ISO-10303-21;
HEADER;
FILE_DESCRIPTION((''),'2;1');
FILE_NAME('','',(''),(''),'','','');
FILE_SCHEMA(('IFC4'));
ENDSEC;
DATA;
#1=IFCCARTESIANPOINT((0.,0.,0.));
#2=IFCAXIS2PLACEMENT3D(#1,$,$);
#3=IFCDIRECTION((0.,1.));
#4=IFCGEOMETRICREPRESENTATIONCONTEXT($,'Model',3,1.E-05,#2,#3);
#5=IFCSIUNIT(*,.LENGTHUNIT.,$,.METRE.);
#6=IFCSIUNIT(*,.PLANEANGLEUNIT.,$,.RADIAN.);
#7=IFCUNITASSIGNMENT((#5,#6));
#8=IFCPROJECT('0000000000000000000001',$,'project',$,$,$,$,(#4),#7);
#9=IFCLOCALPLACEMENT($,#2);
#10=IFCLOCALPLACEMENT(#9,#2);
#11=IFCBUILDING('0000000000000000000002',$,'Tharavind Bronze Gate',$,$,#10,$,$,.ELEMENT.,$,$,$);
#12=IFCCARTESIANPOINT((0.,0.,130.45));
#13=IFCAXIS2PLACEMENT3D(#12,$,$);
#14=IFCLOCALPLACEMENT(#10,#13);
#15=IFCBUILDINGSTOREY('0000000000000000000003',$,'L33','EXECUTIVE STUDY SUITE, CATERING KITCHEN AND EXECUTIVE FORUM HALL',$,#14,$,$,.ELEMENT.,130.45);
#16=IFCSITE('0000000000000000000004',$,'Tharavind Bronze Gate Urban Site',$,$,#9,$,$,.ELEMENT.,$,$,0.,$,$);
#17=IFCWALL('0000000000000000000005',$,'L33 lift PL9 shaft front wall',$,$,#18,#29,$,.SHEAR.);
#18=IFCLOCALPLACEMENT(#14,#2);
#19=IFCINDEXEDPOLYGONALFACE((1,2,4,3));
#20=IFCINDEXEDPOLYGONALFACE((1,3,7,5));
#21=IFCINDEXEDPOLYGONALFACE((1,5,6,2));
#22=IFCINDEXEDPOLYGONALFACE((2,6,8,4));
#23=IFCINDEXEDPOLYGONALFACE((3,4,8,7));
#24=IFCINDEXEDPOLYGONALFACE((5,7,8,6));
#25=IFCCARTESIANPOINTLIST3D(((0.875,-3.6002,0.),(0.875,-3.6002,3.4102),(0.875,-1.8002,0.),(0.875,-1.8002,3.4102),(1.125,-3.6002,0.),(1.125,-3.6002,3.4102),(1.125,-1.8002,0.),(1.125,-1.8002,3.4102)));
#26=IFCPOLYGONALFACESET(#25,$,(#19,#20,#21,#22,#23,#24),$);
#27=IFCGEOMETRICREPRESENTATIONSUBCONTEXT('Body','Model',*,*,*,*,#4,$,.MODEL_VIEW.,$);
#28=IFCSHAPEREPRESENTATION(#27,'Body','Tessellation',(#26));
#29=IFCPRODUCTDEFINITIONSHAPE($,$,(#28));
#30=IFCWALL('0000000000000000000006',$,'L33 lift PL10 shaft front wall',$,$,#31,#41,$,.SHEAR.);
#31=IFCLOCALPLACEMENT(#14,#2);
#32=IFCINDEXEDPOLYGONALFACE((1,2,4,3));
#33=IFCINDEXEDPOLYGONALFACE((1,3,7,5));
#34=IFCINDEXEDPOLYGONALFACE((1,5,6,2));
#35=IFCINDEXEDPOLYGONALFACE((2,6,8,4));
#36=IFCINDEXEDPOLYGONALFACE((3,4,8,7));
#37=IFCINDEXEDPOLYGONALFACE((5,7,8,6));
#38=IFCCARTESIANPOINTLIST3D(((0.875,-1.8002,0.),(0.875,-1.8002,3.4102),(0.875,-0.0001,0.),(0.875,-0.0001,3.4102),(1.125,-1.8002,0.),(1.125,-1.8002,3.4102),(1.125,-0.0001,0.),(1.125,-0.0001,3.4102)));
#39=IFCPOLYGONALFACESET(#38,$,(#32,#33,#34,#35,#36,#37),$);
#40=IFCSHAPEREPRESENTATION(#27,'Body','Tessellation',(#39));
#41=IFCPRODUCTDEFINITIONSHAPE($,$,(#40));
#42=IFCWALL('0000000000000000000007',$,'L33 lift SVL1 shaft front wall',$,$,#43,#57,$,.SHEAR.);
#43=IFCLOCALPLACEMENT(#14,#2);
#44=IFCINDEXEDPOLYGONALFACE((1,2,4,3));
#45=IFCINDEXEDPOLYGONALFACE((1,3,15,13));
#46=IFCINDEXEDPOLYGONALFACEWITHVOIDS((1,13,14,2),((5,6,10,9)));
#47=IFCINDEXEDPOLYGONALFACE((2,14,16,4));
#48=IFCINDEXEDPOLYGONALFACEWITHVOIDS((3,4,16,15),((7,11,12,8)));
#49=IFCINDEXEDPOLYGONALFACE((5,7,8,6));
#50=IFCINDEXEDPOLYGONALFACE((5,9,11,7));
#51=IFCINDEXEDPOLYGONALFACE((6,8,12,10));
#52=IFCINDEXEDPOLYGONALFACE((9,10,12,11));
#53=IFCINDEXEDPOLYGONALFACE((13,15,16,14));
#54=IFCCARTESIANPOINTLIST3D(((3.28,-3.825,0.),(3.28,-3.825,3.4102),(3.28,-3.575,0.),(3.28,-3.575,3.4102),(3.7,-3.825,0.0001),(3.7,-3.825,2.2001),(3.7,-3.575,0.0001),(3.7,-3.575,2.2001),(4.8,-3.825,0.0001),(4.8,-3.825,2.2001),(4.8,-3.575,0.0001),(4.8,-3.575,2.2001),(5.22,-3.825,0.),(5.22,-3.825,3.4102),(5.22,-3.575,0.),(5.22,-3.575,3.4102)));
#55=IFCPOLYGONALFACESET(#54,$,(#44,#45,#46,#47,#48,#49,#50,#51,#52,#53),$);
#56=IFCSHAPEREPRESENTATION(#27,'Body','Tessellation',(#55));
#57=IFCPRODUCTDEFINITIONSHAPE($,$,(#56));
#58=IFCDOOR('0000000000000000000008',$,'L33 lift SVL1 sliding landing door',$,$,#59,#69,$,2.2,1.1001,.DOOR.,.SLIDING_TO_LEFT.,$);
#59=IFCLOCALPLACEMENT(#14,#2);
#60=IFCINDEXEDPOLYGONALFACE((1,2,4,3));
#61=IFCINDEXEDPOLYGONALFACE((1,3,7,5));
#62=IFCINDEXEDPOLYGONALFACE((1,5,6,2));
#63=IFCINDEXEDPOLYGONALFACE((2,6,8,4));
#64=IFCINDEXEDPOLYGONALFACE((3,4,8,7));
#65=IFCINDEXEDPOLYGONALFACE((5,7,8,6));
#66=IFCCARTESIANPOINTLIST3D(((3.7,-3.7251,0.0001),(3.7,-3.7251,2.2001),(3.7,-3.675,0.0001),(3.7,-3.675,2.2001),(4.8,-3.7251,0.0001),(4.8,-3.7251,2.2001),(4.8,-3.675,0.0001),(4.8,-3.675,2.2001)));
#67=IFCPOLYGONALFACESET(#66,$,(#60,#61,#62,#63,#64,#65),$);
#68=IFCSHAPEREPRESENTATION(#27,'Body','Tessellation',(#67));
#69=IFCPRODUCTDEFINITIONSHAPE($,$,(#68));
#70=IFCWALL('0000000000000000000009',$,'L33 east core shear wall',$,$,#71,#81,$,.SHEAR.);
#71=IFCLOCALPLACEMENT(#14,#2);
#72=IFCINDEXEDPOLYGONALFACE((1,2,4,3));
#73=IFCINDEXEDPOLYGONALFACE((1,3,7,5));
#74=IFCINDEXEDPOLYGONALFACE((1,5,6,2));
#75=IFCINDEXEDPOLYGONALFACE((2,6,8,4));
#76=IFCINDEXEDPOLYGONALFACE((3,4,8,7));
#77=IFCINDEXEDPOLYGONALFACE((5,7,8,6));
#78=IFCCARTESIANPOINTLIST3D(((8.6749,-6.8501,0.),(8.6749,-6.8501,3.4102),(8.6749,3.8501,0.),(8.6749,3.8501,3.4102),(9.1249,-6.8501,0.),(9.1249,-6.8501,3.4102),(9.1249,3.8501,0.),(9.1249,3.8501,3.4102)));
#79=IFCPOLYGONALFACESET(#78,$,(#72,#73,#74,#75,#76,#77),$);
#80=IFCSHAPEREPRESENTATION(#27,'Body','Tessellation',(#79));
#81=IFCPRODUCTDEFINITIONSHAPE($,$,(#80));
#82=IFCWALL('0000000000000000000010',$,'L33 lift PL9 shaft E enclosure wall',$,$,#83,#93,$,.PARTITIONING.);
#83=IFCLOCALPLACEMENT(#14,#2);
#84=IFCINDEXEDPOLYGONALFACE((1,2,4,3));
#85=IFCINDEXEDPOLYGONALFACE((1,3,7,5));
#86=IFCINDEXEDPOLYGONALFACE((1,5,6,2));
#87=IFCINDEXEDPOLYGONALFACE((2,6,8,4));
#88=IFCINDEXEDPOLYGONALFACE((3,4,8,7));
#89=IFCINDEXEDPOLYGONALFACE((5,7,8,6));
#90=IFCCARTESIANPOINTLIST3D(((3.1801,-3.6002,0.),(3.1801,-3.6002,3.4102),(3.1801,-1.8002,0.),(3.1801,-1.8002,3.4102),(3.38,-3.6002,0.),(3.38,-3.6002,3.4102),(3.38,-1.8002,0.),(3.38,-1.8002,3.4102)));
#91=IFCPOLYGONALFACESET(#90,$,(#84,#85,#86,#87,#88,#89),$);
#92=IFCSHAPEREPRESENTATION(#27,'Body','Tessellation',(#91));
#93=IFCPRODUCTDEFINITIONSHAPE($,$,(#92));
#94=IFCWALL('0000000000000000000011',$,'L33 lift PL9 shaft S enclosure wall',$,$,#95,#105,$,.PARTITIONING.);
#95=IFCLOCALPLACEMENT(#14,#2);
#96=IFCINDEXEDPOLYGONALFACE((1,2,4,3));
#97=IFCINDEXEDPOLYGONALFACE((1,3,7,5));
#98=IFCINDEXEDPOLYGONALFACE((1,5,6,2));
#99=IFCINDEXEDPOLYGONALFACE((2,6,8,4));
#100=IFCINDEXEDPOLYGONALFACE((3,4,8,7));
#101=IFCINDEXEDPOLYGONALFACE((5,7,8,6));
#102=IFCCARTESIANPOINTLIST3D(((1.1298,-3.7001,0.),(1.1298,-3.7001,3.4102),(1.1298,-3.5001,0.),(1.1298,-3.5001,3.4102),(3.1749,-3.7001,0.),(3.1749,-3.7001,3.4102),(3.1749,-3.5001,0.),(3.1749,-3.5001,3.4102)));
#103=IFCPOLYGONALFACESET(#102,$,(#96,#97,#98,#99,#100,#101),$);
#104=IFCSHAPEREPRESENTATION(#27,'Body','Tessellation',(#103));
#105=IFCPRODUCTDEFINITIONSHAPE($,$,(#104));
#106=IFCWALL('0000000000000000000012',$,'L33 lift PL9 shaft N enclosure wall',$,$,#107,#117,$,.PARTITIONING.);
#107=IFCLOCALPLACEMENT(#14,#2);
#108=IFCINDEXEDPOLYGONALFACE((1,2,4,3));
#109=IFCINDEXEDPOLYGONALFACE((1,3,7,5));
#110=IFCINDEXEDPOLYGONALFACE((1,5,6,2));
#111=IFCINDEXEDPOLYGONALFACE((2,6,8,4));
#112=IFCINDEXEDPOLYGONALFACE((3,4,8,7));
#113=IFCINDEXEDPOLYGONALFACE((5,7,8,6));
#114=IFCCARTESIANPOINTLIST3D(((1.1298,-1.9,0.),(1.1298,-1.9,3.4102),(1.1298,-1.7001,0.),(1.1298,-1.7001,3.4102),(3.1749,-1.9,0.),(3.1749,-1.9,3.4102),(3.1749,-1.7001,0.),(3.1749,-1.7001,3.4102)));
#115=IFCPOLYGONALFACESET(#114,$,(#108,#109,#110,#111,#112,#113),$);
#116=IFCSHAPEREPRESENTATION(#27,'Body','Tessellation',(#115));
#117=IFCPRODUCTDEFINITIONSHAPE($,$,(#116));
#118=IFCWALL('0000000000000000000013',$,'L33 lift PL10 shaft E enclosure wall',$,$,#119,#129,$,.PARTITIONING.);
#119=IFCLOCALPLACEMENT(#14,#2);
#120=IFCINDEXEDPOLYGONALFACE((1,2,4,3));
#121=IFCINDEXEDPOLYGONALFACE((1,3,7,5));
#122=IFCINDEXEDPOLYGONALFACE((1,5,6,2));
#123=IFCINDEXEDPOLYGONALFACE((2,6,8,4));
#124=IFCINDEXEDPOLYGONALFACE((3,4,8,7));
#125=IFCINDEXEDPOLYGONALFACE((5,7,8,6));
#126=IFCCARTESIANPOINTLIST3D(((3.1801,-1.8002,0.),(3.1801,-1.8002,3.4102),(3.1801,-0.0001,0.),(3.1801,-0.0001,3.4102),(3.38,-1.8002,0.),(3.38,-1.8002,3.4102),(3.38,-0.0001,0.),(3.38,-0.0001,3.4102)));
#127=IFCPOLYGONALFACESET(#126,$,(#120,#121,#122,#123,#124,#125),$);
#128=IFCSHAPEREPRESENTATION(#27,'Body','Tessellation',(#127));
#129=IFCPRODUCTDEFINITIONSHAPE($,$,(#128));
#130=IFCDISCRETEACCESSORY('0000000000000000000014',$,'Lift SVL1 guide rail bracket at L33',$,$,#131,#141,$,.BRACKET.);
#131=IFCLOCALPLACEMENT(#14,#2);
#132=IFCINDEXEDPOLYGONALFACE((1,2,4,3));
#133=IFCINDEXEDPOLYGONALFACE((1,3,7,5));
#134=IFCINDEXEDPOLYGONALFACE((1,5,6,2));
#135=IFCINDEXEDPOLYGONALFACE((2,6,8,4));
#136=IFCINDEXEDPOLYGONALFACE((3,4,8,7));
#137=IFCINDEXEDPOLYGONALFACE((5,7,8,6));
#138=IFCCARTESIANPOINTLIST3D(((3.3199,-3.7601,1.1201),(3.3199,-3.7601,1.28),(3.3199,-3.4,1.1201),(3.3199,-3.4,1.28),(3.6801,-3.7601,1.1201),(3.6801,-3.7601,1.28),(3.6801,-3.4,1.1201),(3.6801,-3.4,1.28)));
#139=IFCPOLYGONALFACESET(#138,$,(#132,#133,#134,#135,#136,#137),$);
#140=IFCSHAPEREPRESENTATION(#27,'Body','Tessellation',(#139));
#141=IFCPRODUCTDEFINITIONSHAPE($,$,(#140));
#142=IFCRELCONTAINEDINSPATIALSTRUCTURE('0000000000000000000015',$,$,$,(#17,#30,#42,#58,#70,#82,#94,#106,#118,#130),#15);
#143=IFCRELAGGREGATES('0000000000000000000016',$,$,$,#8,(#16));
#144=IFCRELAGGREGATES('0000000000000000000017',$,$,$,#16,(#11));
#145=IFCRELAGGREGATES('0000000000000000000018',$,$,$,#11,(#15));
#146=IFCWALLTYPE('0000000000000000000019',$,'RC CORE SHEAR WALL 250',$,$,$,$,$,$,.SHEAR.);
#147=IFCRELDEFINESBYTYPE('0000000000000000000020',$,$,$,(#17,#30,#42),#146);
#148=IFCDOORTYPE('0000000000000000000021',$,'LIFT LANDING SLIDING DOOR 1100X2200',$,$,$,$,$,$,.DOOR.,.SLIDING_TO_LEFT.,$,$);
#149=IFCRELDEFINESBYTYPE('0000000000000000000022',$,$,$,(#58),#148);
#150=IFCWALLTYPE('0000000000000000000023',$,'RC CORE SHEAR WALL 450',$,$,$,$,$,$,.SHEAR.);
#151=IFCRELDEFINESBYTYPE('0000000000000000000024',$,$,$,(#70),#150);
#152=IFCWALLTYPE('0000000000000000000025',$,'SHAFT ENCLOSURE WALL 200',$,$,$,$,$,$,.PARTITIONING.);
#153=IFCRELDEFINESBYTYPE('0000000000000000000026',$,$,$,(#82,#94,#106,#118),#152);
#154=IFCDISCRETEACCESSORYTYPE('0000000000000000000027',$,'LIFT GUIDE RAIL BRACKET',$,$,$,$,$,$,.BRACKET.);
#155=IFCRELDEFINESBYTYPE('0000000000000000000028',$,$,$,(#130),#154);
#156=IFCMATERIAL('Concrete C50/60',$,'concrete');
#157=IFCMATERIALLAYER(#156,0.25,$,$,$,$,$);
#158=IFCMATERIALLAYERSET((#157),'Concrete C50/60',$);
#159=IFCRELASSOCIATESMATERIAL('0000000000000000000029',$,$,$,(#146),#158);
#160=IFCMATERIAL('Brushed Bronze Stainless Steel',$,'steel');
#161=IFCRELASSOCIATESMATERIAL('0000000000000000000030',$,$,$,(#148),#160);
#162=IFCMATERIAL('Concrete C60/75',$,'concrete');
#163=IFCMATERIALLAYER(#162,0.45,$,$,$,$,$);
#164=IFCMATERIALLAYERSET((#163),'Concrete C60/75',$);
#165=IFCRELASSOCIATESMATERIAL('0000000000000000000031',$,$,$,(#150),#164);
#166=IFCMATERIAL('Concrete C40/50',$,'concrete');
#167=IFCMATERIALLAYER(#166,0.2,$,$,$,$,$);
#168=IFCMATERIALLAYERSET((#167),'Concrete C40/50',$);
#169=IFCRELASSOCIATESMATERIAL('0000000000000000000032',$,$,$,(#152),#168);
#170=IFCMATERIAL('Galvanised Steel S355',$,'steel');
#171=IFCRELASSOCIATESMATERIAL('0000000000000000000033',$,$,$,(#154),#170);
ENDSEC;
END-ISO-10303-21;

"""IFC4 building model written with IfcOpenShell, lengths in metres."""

from ifc_helpers import new_model, si_unit, direction, frame, frame_2d, origin, origin_2d, place, context, subcontext, project, spatial, rectangle, extrude, material, layer, layer_set, type_object, element, fill, save


model = new_model("IFC4")

# Units and contexts
model_context = context("Model", 3, precision=1e-05, world=origin(), true_north=direction((0.0, 1.0)))
body_context = subcontext(model_context, "Body", "Model", "MODEL_VIEW")
ifc_project = project(units=[si_unit("LENGTHUNIT", "METRE"), si_unit("PLANEANGLEUNIT", "RADIAN")], contexts=[model_context])

# Site, building, storey
site_placement = place(None, origin())
site = spatial("IfcSite", under=ifc_project, at=site_placement, Name="Tharavind Bronze Gate Urban Site", CompositionType="ELEMENT", RefElevation=0.0)
building_placement = place(site_placement, origin())
building = spatial("IfcBuilding", under=site, at=building_placement, Name="Tharavind Bronze Gate", CompositionType="ELEMENT")
storey_placement = place(building_placement, frame((0.0, 0.0, 130.45)))
storey = spatial("IfcBuildingStorey", under=building, at=storey_placement, Name="L33", Description="EXECUTIVE STUDY SUITE, CATERING KITCHEN AND EXECUTIVE FORUM HALL", CompositionType="ELEMENT", Elevation=130.45)

# Walls
ifc_material_1 = material(Name="Concrete C50/60", Category="concrete")
ifc_layer_1 = layer(ifc_material_1, 0.25)
ifc_layer_set_1 = layer_set([ifc_layer_1], Name="Concrete C50/60")
wall_type_1 = type_object("IfcWallType", Name="RC CORE SHEAR WALL 250", PredefinedType="SHEAR", material=ifc_layer_set_1)
for number, where, z_axis, x_axis, name in (
    (1, (1.0, -3.6001, 0.0), (0.0, 0.0, 1.0), (0.0, 1.0, 0.0), "L33 lift PL9 shaft front wall"),
    (2, (1.0, -1.8, 0.0), (0.0, 0.0, 1.0), (0.0, 1.0, 0.0), "L33 lift PL10 shaft front wall"),
):
    element("IfcWall", number, at=place(storey_placement, frame(where, z_axis=z_axis, x_axis=x_axis)), inside=storey, type_object=wall_type_1, Name=name, PredefinedType="SHEAR", context=body_context, shape_type="SweptSolid", body=[
        extrude(rectangle(XDim=1.8, YDim=0.25, at=frame_2d((0.8999, 0.0))), origin(), (0.0, 0.0, 1.0), 3.4102),
    ])

# Wall, opening, door
wall_1_placement = place(storey_placement, frame((3.28, -3.7, 0.0), z_axis=(0.0, 0.0, 1.0), x_axis=(1.0, 0.0, 0.0)))
wall_1 = element("IfcWall", 3, at=wall_1_placement, inside=storey, type_object=wall_type_1, Name="L33 lift SVL1 shaft front wall", PredefinedType="SHEAR", context=body_context, shape_type="SweptSolid", body=[
    extrude(rectangle(XDim=1.9399, YDim=0.25, at=frame_2d((0.97, 0.0))), origin(), (0.0, 0.0, 1.0), 3.4102),
])
opening_1_placement = place(wall_1_placement, frame((0.4199, 0.0, 0.0)))
opening_1 = element("IfcOpeningElement", 4, at=opening_1_placement, cuts=wall_1, PredefinedType="OPENING", context=body_context, shape_type="SweptSolid", body=[
    extrude(rectangle(XDim=1.1001, YDim=2.2, at=frame_2d((0.55, 1.1001))), frame((0.0, 0.135, 0.0), z_axis=(0.0, -1.0, 0.0), x_axis=(1.0, 0.0, 0.0)), (0.0, 0.0, 1.0), 0.27),
])
ifc_material_2 = material(Name="Brushed Bronze Stainless Steel", Category="steel")
door_type_1 = type_object("IfcDoorType", Name="LIFT LANDING SLIDING DOOR 1100X2200", OperationType="SLIDING_TO_LEFT", PredefinedType="DOOR", material=ifc_material_2)
door_1_placement = place(opening_1_placement, origin())
door_1 = element("IfcDoor", 5, at=door_1_placement, inside=storey, type_object=door_type_1, Name="L33 lift SVL1 sliding landing door", OperationType="SLIDING_TO_LEFT", OverallHeight=2.2, OverallWidth=1.1001, PredefinedType="DOOR", context=body_context, shape_type="SweptSolid", body=[
    extrude(rectangle(XDim=1.1001, YDim=2.2, at=frame_2d((0.55, 1.1001))), frame((0.0, 0.0249, 0.0), z_axis=(0.0, -1.0, 0.0), x_axis=(1.0, 0.0, 0.0)), (0.0, 0.0, 1.0), 0.05),
])
fill(opening_1, door_1)

# Walls
ifc_material_3 = material(Name="Concrete C60/75", Category="concrete")
ifc_layer_2 = layer(ifc_material_3, 0.45)
ifc_layer_set_2 = layer_set([ifc_layer_2], Name="Concrete C60/75")
wall_type_2 = type_object("IfcWallType", Name="RC CORE SHEAR WALL 450", PredefinedType="SHEAR", material=ifc_layer_set_2)
wall_2_placement = place(storey_placement, frame((8.8999, -6.8501, 0.0), z_axis=(0.0, 0.0, 1.0), x_axis=(0.0, 1.0, 0.0)))
element("IfcWall", 6, at=wall_2_placement, inside=storey, type_object=wall_type_2, Name="L33 east core shear wall", PredefinedType="SHEAR", context=body_context, shape_type="SweptSolid", body=[
    extrude(rectangle(XDim=10.7002, YDim=0.45, at=frame_2d((5.3501, 0.0))), origin(), (0.0, 0.0, 1.0), 3.4102),
])
ifc_material_4 = material(Name="Concrete C40/50", Category="concrete")
ifc_layer_3 = layer(ifc_material_4, 0.2)
ifc_layer_set_3 = layer_set([ifc_layer_3], Name="Concrete C40/50")
wall_type_3 = type_object("IfcWallType", Name="SHAFT ENCLOSURE WALL 200", PredefinedType="PARTITIONING", material=ifc_layer_set_3)
wall_3_placement = place(storey_placement, frame((3.28, -3.6001, 0.0), z_axis=(0.0, 0.0, 1.0), x_axis=(0.0, 1.0, 0.0)))
element("IfcWall", 7, at=wall_3_placement, inside=storey, type_object=wall_type_3, Name="L33 lift PL9 shaft E enclosure wall", PredefinedType="PARTITIONING", context=body_context, shape_type="SweptSolid", body=[
    extrude(rectangle(XDim=1.8, YDim=0.2, at=frame_2d((0.8999, 0.0))), origin(), (0.0, 0.0, 1.0), 3.4102),
])
for number, where, z_axis, x_axis, name in (
    (8, (1.1299, -3.6001, 0.0), (0.0, 0.0, 1.0), (1.0, 0.0, 0.0), "L33 lift PL9 shaft S enclosure wall"),
    (9, (1.1299, -1.8, 0.0), (0.0, 0.0, 1.0), (1.0, 0.0, 0.0), "L33 lift PL9 shaft N enclosure wall"),
):
    element("IfcWall", number, at=place(storey_placement, frame(where, z_axis=z_axis, x_axis=x_axis)), inside=storey, type_object=wall_type_3, Name=name, PredefinedType="PARTITIONING", context=body_context, shape_type="SweptSolid", body=[
        extrude(rectangle(XDim=2.0452, YDim=0.2, at=frame_2d((1.0225, 0.0))), origin(), (0.0, 0.0, 1.0), 3.4102),
    ])
wall_4_placement = place(storey_placement, frame((3.28, -1.8, 0.0), z_axis=(0.0, 0.0, 1.0), x_axis=(0.0, 1.0, 0.0)))
element("IfcWall", 10, at=wall_4_placement, inside=storey, type_object=wall_type_3, Name="L33 lift PL10 shaft E enclosure wall", PredefinedType="PARTITIONING", context=body_context, shape_type="SweptSolid", body=[
    extrude(rectangle(XDim=1.8, YDim=0.2, at=frame_2d((0.8999, 0.0))), origin(), (0.0, 0.0, 1.0), 3.4102),
])

# Discrete accessory
ifc_material_5 = material(Name="Galvanised Steel S355", Category="steel")
discrete_accessory_type = type_object("IfcDiscreteAccessoryType", Name="LIFT GUIDE RAIL BRACKET", PredefinedType="BRACKET", material=ifc_material_5)
discrete_accessory_placement = place(storey_placement, frame((3.5, -3.5801, 1.1201), z_axis=(0.0, 0.0, 1.0), x_axis=(1.0, 0.0, 0.0)))
element("IfcDiscreteAccessory", 11, at=discrete_accessory_placement, inside=storey, type_object=discrete_accessory_type, Name="Lift SVL1 guide rail bracket at L33", PredefinedType="BRACKET", context=body_context, shape_type="SweptSolid", body=[
    extrude(rectangle(XDim=0.3601, YDim=0.3601, at=origin_2d()), origin(), (0.0, 0.0, 1.0), 0.1599),
])

save(model, "model.ifc")
